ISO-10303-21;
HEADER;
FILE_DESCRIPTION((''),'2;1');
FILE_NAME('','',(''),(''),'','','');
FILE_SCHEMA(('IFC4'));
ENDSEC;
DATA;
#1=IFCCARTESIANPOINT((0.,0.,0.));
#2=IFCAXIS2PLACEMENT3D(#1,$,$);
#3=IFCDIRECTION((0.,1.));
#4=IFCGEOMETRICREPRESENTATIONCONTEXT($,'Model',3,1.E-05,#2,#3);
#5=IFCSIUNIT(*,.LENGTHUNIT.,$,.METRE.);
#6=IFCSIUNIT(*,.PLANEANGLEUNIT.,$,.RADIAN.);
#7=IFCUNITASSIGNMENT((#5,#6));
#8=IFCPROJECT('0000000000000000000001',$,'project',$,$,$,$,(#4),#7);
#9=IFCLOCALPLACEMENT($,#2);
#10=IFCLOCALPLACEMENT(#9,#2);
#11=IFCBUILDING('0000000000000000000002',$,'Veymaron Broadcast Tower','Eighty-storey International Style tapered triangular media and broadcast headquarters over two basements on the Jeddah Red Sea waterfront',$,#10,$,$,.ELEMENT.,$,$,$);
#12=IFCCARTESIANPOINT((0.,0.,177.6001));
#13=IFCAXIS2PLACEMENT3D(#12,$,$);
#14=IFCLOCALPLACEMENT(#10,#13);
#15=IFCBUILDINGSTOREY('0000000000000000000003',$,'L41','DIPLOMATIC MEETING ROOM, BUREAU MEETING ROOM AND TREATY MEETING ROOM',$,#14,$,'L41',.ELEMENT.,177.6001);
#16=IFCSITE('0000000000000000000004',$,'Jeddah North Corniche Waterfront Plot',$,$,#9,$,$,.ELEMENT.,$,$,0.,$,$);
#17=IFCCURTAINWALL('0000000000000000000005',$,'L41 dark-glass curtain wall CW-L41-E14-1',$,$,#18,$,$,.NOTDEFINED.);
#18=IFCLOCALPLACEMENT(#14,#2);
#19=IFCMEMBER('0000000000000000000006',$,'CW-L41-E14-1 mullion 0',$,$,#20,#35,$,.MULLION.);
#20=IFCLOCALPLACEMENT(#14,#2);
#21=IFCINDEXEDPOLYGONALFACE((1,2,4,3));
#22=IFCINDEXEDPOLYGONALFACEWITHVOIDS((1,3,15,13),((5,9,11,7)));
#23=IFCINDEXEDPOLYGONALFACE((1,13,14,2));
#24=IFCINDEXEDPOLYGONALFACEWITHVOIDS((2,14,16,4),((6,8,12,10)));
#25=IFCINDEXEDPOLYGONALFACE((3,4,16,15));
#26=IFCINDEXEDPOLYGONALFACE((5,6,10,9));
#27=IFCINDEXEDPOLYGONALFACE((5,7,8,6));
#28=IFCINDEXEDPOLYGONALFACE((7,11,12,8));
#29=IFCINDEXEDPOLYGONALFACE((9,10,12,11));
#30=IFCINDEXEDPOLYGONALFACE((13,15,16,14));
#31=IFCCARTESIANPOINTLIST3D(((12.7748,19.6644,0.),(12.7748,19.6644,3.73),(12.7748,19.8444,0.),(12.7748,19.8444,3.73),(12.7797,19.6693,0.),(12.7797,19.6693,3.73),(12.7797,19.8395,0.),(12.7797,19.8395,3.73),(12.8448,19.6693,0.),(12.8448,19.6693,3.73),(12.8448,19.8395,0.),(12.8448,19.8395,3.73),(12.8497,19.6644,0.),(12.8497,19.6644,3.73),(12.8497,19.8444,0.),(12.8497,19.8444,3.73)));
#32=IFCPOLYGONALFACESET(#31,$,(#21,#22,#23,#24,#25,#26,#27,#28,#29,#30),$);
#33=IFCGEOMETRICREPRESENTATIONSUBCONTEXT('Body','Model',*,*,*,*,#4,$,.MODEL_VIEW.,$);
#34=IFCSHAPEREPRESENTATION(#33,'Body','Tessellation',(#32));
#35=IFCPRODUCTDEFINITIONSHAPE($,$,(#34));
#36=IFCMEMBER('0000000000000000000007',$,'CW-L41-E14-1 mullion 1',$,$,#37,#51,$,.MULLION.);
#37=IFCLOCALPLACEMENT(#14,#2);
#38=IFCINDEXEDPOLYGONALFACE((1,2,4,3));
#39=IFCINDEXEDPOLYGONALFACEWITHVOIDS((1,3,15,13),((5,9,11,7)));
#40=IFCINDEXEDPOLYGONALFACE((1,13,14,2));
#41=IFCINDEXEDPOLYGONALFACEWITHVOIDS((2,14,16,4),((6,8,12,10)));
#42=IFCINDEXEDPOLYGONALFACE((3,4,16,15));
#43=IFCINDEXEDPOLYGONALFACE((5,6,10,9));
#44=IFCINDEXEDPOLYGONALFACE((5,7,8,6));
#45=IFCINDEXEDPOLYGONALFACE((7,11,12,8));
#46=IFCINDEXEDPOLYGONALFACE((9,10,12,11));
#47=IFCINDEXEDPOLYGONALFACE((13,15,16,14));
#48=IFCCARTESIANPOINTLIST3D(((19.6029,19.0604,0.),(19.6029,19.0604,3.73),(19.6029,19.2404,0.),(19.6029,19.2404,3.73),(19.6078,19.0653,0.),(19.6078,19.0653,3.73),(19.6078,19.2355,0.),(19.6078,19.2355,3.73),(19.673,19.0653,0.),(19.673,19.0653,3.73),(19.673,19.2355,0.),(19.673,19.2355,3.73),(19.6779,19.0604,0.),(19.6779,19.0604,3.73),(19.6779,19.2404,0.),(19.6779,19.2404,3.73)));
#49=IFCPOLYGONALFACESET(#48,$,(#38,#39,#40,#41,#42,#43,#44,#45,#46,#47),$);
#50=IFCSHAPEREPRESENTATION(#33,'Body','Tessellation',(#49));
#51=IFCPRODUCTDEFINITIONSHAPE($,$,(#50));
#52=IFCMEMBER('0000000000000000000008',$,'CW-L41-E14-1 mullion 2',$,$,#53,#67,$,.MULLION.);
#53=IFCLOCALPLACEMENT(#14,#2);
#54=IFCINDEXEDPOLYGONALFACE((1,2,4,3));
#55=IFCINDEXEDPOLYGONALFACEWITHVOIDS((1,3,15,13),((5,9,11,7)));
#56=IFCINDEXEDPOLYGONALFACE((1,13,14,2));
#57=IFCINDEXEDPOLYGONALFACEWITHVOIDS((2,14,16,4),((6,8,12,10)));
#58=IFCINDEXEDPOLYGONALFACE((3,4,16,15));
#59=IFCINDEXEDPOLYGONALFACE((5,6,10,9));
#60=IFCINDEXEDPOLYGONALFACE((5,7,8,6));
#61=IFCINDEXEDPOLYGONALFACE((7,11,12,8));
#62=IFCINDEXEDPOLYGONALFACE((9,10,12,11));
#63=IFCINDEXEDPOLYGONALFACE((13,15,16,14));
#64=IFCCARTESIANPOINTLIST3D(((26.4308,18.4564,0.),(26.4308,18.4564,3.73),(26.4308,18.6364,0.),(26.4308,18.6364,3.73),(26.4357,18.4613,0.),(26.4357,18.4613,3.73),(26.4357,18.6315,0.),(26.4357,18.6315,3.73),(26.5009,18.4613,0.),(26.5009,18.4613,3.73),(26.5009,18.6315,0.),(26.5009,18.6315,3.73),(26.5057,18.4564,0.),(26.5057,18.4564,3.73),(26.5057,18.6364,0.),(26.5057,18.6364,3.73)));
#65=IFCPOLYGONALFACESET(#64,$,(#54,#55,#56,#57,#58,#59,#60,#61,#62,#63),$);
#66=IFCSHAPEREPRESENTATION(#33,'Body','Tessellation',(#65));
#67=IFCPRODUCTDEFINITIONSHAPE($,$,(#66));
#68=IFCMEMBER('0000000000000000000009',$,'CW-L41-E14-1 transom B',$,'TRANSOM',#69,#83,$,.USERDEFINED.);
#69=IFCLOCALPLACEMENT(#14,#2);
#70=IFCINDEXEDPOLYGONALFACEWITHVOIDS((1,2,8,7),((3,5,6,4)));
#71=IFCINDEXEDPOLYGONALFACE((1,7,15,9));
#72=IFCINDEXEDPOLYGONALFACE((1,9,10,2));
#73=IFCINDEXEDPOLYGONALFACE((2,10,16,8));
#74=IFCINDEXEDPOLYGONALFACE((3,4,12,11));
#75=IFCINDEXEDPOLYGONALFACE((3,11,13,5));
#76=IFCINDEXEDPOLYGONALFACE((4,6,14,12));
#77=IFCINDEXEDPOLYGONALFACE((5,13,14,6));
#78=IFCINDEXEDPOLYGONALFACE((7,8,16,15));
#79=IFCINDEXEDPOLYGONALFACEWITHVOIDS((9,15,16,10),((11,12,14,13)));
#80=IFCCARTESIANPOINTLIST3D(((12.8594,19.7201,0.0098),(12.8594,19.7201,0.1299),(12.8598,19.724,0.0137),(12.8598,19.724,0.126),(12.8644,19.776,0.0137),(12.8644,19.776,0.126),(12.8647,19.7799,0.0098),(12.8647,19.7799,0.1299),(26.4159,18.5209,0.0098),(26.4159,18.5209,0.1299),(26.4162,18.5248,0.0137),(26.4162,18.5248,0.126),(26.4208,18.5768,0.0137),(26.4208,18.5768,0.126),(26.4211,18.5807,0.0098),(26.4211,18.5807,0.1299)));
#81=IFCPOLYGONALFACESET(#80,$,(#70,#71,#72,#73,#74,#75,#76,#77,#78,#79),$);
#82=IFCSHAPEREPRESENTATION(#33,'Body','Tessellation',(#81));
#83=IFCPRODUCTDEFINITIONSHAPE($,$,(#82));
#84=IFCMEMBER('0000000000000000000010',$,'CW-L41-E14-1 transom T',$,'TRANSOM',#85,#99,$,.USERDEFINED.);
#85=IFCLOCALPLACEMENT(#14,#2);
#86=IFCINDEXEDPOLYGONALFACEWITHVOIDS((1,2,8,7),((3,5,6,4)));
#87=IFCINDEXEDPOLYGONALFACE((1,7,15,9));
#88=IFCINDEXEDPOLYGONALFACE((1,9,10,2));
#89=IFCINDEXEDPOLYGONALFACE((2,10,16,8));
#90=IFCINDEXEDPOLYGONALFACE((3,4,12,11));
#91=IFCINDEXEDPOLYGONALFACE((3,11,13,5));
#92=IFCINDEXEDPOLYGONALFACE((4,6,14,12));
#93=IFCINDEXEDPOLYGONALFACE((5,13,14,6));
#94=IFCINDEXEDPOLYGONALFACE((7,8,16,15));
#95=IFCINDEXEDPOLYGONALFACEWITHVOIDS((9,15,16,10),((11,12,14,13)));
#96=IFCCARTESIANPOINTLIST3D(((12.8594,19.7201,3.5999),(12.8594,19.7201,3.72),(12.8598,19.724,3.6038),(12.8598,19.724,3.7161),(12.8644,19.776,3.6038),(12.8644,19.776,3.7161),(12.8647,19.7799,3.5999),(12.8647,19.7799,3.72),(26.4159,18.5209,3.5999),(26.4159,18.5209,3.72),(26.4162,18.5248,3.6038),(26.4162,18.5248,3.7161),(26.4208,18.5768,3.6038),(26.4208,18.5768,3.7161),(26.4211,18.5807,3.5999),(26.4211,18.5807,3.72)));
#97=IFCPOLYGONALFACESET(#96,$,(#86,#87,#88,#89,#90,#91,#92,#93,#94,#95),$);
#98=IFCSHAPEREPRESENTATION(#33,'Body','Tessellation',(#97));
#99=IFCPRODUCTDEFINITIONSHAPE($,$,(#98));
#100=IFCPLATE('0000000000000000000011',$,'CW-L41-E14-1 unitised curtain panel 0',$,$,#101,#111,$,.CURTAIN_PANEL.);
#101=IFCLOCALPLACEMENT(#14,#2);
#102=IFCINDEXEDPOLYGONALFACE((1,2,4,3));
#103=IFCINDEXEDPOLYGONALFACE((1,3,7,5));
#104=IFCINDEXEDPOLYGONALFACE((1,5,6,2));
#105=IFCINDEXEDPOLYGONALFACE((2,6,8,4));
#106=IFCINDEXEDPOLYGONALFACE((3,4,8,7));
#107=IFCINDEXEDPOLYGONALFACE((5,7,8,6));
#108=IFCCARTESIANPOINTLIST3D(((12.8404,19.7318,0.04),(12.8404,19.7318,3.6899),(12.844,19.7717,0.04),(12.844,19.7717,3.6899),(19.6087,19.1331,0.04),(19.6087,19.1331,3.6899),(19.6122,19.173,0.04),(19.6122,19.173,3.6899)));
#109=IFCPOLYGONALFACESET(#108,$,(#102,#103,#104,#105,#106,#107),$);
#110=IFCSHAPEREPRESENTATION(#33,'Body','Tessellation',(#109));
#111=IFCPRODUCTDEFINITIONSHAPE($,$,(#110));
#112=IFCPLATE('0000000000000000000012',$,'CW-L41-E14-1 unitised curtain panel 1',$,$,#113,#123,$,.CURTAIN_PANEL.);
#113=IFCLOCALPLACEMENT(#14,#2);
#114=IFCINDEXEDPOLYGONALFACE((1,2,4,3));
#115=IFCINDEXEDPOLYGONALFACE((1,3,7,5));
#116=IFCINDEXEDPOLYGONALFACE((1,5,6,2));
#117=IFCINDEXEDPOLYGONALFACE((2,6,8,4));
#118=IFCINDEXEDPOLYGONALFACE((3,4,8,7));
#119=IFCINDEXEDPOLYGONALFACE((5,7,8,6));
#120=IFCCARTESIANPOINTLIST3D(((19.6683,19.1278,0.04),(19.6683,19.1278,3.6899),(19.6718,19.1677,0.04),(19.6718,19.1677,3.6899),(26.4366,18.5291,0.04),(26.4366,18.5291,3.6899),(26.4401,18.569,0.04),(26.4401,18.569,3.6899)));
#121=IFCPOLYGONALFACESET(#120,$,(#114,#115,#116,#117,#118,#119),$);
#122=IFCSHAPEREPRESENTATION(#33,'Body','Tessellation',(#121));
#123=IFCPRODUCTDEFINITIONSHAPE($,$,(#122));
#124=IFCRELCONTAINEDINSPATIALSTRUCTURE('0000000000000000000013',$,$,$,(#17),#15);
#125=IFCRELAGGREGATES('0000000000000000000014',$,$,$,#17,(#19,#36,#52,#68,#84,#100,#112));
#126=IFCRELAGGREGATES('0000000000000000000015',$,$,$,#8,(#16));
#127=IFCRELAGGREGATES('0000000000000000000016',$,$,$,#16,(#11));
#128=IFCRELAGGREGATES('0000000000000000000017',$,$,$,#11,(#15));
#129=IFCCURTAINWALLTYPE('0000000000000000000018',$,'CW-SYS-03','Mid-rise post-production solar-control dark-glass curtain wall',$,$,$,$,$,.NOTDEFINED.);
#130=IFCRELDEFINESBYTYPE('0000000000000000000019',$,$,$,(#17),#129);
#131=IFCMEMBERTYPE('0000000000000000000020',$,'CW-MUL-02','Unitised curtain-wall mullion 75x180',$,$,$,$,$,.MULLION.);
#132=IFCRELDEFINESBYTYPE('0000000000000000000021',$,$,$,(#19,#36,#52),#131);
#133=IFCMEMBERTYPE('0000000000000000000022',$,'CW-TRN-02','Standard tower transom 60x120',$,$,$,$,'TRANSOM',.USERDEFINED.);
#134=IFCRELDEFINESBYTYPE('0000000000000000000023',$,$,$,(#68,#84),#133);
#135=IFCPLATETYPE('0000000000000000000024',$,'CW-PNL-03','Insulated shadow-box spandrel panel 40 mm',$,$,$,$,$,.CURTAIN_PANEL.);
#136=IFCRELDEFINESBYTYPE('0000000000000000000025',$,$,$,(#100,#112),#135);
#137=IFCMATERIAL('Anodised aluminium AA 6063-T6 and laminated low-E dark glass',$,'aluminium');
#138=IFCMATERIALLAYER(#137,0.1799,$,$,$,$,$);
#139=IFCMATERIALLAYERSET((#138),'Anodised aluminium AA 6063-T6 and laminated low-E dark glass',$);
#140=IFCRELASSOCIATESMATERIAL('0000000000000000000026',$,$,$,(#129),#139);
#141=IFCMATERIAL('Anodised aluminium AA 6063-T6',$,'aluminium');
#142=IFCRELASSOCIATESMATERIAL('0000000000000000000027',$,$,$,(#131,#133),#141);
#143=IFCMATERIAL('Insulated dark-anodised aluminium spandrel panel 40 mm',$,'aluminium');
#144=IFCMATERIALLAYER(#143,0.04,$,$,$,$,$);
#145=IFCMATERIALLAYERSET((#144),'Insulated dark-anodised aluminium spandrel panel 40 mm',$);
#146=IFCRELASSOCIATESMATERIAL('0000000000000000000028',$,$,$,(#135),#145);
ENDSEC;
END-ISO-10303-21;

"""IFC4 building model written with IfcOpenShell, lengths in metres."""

from ifc_helpers import new_model, si_unit, direction, frame, origin, origin_2d, place, context, subcontext, project, spatial, rectangle, hollow_rectangle, extrude, material, layer, layer_set, material_profile, profile_set, type_object, element, aggregate, save


model = new_model("IFC4")

# Units and contexts
model_context = context("Model", 3, precision=1e-05, world=origin(), true_north=direction((0.0, 1.0)))
body_context = subcontext(model_context, "Body", "Model", "MODEL_VIEW")
ifc_project = project(units=[si_unit("LENGTHUNIT", "METRE"), si_unit("PLANEANGLEUNIT", "RADIAN")], contexts=[model_context])

# Site, building, storey
site_placement = place(None, origin())
site = spatial("IfcSite", under=ifc_project, at=site_placement, Name="Jeddah North Corniche Waterfront Plot", CompositionType="ELEMENT", RefElevation=0.0)
building_placement = place(site_placement, origin())
building = spatial("IfcBuilding", under=site, at=building_placement, Name="Veymaron Broadcast Tower", Description="Eighty-storey International Style tapered triangular media and broadcast headquarters over two basements on the Jeddah Red Sea waterfront", CompositionType="ELEMENT")
storey_placement = place(building_placement, frame((0.0, 0.0, 177.6001)))
storey = spatial("IfcBuildingStorey", under=building, at=storey_placement, Name="L41", Description="DIPLOMATIC MEETING ROOM, BUREAU MEETING ROOM AND TREATY MEETING ROOM", LongName="L41", CompositionType="ELEMENT", Elevation=177.6001)

# Curtain wall, members, plates
ifc_material_1 = material(Name="Anodised aluminium AA 6063-T6 and laminated low-E dark glass", Category="aluminium")
ifc_layer_1 = layer(ifc_material_1, 0.1799)
ifc_layer_set_1 = layer_set([ifc_layer_1], Name="Anodised aluminium AA 6063-T6 and laminated low-E dark glass")
curtain_wall_type = type_object("IfcCurtainWallType", Name="CW-SYS-03", Description="Mid-rise post-production solar-control dark-glass curtain wall", PredefinedType="NOTDEFINED", material=ifc_layer_set_1)
curtain_wall_placement = place(storey_placement, origin())
curtain_wall = element("IfcCurtainWall", 1, at=curtain_wall_placement, inside=storey, type_object=curtain_wall_type, Name="L41 dark-glass curtain wall CW-L41-E14-1", PredefinedType="NOTDEFINED")
ifc_material_2 = material(Name="Anodised aluminium AA 6063-T6", Category="aluminium")
ifc_material_profile_1 = material_profile(ifc_material_2, hollow_rectangle(XDim=0.075, YDim=0.1799, WallThickness=0.0049, at=origin_2d()), Name="AL180X75X5")
ifc_profile_set_1 = profile_set([ifc_material_profile_1], Name="Anodised aluminium AA 6063-T6")
member_type_1 = type_object("IfcMemberType", Name="CW-MUL-02", Description="Unitised curtain-wall mullion 75x180", PredefinedType="MULLION", material=ifc_profile_set_1)
member_1_placement = place(storey_placement, frame((12.8123, 19.7544, 0.0), z_axis=(0.0, 0.0, 1.0), x_axis=(1.0, 0.0, 0.0)))
member_1 = element("IfcMember", 2, at=member_1_placement, type_object=member_type_1, Name="CW-L41-E14-1 mullion 0", PredefinedType="MULLION", context=body_context, shape_type="SweptSolid", body=[
    extrude(hollow_rectangle(XDim=0.075, YDim=0.1799, WallThickness=0.0049, at=origin_2d()), origin(), (0.0, 0.0, 1.0), 3.73),
])
member_2_placement = place(storey_placement, frame((19.6404, 19.1504, 0.0), z_axis=(0.0, 0.0, 1.0), x_axis=(1.0, 0.0, 0.0)))
member_2 = element("IfcMember", 3, at=member_2_placement, type_object=member_type_1, Name="CW-L41-E14-1 mullion 1", PredefinedType="MULLION", context=body_context, shape_type="SweptSolid", body=[
    extrude(hollow_rectangle(XDim=0.075, YDim=0.1799, WallThickness=0.0049, at=origin_2d()), origin(), (0.0, 0.0, 1.0), 3.73),
])
member_3_placement = place(storey_placement, frame((26.4683, 18.5464, 0.0), z_axis=(0.0, 0.0, 1.0), x_axis=(1.0, 0.0, 0.0)))
member_3 = element("IfcMember", 4, at=member_3_placement, type_object=member_type_1, Name="CW-L41-E14-1 mullion 2", PredefinedType="MULLION", context=body_context, shape_type="SweptSolid", body=[
    extrude(hollow_rectangle(XDim=0.075, YDim=0.1799, WallThickness=0.0049, at=origin_2d()), origin(), (0.0, 0.0, 1.0), 3.73),
])
ifc_material_profile_2 = material_profile(ifc_material_2, hollow_rectangle(XDim=0.0601, YDim=0.1201, WallThickness=0.0039, at=origin_2d()), Name="AL120X60X4")
ifc_profile_set_2 = profile_set([ifc_material_profile_2], Name="Anodised aluminium AA 6063-T6")
member_type_2 = type_object("IfcMemberType", Name="CW-TRN-02", Description="Standard tower transom 60x120", ElementType="TRANSOM", PredefinedType="USERDEFINED", material=ifc_profile_set_2)
member_4_placement = place(storey_placement, frame((12.8621, 19.75, 0.0698), z_axis=(0.99611, -0.088117, 0.0), x_axis=(0.088117, 0.99611, 0.0)))
member_4 = element("IfcMember", 5, at=member_4_placement, type_object=member_type_2, Name="CW-L41-E14-1 transom B", ObjectType="TRANSOM", PredefinedType="USERDEFINED", context=body_context, shape_type="SweptSolid", body=[
    extrude(hollow_rectangle(XDim=0.0601, YDim=0.1201, WallThickness=0.0039, at=origin_2d()), origin(), (0.0, 0.0, 1.0), 13.6094),
])
member_5_placement = place(storey_placement, frame((12.8621, 19.75, 3.6599), z_axis=(0.99611, -0.088117, 0.0), x_axis=(0.088117, 0.99611, 0.0)))
member_5 = element("IfcMember", 6, at=member_5_placement, type_object=member_type_2, Name="CW-L41-E14-1 transom T", ObjectType="TRANSOM", PredefinedType="USERDEFINED", context=body_context, shape_type="SweptSolid", body=[
    extrude(hollow_rectangle(XDim=0.0601, YDim=0.1201, WallThickness=0.0039, at=origin_2d()), origin(), (0.0, 0.0, 1.0), 13.6094),
])
ifc_material_3 = material(Name="Insulated dark-anodised aluminium spandrel panel 40 mm", Category="aluminium")
ifc_layer_2 = layer(ifc_material_3, 0.04)
ifc_layer_set_2 = layer_set([ifc_layer_2], Name="Insulated dark-anodised aluminium spandrel panel 40 mm")
plate_type = type_object("IfcPlateType", Name="CW-PNL-03", Description="Insulated shadow-box spandrel panel 40 mm", PredefinedType="CURTAIN_PANEL", material=ifc_layer_set_2)
plate_1_placement = place(storey_placement, frame((16.2263, 19.4524, 0.04), z_axis=(0.0, 0.0, 1.0), x_axis=(0.996111, -0.088112, 0.0)))
plate_1 = element("IfcPlate", 7, at=plate_1_placement, type_object=plate_type, Name="CW-L41-E14-1 unitised curtain panel 0", PredefinedType="CURTAIN_PANEL", context=body_context, shape_type="SweptSolid", body=[
    extrude(rectangle(XDim=6.7947, YDim=0.04, at=origin_2d()), origin(), (0.0, 0.0, 1.0), 3.6499),
])
plate_2_placement = place(storey_placement, frame((23.0542, 18.8484, 0.04), z_axis=(0.0, 0.0, 1.0), x_axis=(0.996111, -0.088112, 0.0)))
plate_2 = element("IfcPlate", 8, at=plate_2_placement, type_object=plate_type, Name="CW-L41-E14-1 unitised curtain panel 1", PredefinedType="CURTAIN_PANEL", context=body_context, shape_type="SweptSolid", body=[
    extrude(rectangle(XDim=6.7947, YDim=0.04, at=origin_2d()), origin(), (0.0, 0.0, 1.0), 3.6499),
])
aggregate(curtain_wall, [member_1, member_2, member_3, member_4, member_5, plate_1, plate_2])

save(model, "model.ifc")
